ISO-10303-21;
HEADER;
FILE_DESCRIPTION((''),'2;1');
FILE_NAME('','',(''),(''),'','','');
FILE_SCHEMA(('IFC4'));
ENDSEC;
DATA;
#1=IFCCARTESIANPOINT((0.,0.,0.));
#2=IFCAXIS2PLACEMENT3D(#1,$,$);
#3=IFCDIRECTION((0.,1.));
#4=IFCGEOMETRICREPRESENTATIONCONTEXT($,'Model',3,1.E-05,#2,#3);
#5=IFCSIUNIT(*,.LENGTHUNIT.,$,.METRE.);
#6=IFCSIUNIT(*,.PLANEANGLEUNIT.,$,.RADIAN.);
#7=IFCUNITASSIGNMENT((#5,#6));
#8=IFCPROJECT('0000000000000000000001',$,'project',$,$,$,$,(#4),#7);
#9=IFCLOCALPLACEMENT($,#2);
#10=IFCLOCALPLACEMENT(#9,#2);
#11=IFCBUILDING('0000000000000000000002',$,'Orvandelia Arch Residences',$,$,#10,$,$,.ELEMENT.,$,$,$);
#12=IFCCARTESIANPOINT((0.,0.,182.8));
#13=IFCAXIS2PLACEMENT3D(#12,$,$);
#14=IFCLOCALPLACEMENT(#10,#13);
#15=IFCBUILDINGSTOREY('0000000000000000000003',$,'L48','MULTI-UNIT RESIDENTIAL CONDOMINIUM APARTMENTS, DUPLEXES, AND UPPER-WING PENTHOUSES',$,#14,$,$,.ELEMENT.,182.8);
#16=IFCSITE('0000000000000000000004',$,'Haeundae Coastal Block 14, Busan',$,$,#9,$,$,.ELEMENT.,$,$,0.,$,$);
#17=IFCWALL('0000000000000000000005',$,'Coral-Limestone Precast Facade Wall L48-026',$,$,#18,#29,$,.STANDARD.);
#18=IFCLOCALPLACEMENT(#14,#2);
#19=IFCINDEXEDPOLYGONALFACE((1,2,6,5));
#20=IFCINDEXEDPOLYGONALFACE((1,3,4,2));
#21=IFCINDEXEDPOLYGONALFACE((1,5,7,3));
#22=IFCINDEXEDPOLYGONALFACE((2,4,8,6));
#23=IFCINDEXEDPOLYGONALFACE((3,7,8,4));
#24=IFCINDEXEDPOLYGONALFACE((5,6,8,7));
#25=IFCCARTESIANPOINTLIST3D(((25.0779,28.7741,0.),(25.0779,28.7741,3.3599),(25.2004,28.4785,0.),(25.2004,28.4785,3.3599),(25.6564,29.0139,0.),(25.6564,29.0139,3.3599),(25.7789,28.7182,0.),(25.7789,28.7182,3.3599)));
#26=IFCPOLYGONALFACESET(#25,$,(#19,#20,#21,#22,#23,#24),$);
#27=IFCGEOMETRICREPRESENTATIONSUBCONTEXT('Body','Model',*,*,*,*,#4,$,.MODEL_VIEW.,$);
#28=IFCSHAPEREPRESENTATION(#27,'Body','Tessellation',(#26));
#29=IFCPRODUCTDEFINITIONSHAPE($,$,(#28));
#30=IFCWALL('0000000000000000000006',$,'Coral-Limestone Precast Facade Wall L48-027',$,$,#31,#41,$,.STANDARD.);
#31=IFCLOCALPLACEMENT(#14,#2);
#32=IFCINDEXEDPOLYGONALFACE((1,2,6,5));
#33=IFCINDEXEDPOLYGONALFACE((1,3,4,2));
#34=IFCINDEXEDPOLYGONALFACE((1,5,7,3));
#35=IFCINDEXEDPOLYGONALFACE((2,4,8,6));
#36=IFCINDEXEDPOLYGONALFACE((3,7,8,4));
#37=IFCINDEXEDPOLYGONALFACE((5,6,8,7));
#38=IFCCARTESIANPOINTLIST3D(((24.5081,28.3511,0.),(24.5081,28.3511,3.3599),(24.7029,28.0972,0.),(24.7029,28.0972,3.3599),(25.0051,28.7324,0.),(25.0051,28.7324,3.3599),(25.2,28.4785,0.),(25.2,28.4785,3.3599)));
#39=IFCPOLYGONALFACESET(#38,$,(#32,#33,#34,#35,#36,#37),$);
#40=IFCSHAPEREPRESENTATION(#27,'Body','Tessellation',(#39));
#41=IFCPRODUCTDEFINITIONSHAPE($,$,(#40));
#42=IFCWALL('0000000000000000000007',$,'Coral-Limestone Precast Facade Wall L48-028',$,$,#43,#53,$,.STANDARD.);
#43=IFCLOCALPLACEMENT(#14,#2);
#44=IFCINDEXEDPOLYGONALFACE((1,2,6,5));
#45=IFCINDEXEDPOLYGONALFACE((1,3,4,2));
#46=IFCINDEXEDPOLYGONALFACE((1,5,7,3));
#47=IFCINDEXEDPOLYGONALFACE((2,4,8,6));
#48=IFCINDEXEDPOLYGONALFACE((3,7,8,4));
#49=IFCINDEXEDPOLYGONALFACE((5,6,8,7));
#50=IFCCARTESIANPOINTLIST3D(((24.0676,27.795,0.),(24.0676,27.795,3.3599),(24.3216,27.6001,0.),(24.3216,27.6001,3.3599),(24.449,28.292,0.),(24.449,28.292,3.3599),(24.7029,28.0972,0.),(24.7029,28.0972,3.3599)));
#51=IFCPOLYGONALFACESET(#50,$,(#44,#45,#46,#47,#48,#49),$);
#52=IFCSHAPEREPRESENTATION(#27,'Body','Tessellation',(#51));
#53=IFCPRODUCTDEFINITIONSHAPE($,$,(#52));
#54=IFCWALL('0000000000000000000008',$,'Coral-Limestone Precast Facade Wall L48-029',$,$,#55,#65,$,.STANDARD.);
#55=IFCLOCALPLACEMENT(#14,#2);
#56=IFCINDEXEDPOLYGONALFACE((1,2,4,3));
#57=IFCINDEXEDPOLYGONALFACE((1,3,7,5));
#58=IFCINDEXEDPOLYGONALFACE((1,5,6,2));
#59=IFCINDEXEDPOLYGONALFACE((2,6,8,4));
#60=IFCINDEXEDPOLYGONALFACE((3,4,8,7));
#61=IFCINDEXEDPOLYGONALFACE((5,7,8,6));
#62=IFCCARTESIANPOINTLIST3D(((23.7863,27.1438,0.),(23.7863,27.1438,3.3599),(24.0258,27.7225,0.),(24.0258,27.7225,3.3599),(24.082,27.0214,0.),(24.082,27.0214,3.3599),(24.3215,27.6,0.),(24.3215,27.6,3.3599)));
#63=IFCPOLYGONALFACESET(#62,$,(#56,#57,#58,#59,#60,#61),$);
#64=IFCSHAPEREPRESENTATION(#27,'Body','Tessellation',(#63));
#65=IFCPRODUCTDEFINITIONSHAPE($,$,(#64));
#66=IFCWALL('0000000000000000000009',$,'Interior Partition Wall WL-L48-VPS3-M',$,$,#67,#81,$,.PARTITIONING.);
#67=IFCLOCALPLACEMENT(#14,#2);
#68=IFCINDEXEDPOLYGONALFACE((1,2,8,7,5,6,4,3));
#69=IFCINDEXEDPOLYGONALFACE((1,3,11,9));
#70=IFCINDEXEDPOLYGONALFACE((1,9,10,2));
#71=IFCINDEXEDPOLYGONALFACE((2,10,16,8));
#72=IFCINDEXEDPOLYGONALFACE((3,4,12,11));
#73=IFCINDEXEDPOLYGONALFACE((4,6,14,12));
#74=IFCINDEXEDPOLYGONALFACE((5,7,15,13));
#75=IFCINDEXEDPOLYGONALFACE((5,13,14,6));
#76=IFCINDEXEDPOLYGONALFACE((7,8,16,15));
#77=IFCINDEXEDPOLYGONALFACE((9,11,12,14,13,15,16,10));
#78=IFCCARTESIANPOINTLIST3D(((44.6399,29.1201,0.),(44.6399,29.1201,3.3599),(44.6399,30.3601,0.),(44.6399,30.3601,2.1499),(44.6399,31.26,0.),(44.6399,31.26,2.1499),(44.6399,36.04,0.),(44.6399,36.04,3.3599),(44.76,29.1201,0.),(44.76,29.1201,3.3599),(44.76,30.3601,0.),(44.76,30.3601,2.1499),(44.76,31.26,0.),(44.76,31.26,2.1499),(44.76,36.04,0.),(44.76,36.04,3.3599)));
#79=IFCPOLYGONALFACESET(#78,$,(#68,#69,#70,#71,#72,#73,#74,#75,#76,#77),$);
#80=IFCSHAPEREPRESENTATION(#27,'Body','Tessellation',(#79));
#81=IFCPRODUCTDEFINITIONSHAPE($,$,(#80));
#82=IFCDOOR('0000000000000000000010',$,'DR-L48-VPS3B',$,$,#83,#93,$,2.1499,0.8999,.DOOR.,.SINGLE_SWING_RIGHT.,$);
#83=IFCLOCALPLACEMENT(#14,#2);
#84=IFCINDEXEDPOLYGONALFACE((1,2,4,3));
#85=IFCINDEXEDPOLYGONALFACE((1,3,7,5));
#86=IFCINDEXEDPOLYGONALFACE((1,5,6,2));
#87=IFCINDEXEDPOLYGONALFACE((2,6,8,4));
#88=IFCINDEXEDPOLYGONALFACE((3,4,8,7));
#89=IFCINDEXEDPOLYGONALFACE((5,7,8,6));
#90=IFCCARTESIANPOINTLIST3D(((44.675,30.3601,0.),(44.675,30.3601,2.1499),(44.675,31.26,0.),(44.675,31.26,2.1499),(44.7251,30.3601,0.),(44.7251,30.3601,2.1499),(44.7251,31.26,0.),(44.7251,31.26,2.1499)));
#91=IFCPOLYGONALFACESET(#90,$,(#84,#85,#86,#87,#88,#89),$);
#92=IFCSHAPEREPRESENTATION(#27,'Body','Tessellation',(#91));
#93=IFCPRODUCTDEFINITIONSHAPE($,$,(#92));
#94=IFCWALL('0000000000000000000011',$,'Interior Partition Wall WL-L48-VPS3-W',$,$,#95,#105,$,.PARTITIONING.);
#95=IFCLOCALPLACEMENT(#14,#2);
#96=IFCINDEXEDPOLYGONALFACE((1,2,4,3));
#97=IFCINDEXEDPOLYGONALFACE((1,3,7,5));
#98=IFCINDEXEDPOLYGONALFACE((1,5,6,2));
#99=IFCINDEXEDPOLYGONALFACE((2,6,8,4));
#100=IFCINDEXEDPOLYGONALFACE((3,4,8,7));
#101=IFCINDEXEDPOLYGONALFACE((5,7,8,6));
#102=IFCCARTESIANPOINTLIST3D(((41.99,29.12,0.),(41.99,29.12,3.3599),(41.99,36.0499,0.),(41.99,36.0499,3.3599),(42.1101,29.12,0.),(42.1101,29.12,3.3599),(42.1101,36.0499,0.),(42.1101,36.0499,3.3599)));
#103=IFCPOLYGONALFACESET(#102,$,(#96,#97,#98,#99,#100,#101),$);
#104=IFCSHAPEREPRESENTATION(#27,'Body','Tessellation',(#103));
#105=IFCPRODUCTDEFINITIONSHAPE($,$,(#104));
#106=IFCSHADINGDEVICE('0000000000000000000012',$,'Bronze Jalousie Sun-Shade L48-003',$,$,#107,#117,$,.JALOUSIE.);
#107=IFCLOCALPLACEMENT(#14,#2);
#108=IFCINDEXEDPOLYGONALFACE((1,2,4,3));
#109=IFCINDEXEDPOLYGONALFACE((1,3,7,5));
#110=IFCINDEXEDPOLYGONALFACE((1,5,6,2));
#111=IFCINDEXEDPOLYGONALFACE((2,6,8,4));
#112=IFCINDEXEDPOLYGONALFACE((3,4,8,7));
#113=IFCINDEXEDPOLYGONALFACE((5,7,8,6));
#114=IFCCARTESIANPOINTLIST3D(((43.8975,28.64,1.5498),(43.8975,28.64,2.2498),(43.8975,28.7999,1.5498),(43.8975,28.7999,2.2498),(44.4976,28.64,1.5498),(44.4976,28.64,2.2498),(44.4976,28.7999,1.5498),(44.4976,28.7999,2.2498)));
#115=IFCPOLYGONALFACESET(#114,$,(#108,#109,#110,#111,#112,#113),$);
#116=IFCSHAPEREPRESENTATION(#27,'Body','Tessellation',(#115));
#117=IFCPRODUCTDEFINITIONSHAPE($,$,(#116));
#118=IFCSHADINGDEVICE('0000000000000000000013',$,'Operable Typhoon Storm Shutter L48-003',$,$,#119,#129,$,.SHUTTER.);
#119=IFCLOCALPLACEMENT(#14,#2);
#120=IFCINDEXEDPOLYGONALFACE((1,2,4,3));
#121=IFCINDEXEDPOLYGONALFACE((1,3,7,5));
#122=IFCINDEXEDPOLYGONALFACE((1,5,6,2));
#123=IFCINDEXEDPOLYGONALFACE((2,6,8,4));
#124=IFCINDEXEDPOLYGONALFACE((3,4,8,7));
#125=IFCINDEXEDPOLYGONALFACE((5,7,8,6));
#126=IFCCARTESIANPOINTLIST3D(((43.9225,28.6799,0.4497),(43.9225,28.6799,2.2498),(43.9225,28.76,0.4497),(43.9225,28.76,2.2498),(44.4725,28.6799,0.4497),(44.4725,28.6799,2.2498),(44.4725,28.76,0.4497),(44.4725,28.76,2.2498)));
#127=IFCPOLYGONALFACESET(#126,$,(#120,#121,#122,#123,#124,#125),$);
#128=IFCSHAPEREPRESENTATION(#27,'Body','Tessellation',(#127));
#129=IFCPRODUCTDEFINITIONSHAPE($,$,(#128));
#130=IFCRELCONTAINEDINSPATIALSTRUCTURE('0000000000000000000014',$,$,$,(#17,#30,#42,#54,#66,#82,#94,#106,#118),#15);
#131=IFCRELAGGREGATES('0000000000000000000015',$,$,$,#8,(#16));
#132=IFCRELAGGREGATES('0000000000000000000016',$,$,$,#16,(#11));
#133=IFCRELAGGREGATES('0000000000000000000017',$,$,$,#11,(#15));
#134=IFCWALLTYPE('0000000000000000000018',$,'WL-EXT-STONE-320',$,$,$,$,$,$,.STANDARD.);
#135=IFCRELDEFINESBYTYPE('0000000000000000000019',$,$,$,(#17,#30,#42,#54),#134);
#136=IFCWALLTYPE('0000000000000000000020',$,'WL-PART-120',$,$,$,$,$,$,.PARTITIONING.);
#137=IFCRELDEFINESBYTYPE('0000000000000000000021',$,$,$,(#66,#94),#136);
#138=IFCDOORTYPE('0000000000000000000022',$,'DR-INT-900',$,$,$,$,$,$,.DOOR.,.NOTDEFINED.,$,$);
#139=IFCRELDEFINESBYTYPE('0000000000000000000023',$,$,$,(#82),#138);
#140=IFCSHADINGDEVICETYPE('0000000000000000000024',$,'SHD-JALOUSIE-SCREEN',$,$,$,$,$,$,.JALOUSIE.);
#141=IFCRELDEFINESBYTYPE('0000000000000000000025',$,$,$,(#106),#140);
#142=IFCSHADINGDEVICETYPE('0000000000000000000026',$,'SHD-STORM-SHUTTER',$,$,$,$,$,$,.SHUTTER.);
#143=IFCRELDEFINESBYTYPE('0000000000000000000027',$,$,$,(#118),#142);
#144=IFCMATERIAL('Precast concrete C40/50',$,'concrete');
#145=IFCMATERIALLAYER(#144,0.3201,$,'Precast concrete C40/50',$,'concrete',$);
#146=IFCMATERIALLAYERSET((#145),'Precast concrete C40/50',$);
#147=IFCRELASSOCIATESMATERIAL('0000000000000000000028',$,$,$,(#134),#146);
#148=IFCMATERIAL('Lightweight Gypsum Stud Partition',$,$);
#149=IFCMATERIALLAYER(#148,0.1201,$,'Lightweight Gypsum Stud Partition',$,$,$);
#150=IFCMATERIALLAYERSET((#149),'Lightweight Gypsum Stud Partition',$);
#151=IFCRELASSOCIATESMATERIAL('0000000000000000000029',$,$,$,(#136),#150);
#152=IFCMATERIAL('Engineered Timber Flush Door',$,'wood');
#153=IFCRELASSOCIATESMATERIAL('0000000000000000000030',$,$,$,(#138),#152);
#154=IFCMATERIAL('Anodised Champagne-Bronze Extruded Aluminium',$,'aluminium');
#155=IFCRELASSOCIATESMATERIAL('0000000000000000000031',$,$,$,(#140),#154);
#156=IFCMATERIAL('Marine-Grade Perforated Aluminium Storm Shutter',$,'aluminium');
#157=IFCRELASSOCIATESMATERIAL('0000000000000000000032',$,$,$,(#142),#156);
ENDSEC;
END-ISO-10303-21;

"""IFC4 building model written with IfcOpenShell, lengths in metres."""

from ifc_helpers import new_model, si_unit, direction, frame, frame_2d, origin, origin_2d, place, context, subcontext, project, spatial, rectangle, extrude, material, layer, layer_set, type_object, element, fill, save


model = new_model("IFC4")

# Units and contexts
model_context = context("Model", 3, precision=1e-05, world=origin(), true_north=direction((0.0, 1.0)))
body_context = subcontext(model_context, "Body", "Model", "MODEL_VIEW")
ifc_project = project(units=[si_unit("LENGTHUNIT", "METRE"), si_unit("PLANEANGLEUNIT", "RADIAN")], contexts=[model_context])

# Site, building, storey
site_placement = place(None, origin())
site = spatial("IfcSite", under=ifc_project, at=site_placement, Name="Haeundae Coastal Block 14, Busan", CompositionType="ELEMENT", RefElevation=0.0)
building_placement = place(site_placement, origin())
building = spatial("IfcBuilding", under=site, at=building_placement, Name="Orvandelia Arch Residences", CompositionType="ELEMENT")
storey_placement = place(building_placement, frame((0.0, 0.0, 182.8)))
storey = spatial("IfcBuildingStorey", under=building, at=storey_placement, Name="L48", Description="MULTI-UNIT RESIDENTIAL CONDOMINIUM APARTMENTS, DUPLEXES, AND UPPER-WING PENTHOUSES", CompositionType="ELEMENT", Elevation=182.8)

# Shared definitions
ifc_material_1 = material(Name="Precast concrete C40/50", Category="concrete")
ifc_layer_1 = layer(ifc_material_1, 0.3201, Name="Precast concrete C40/50", Category="concrete")
ifc_layer_set_1 = layer_set([ifc_layer_1], Name="Precast concrete C40/50")
wall_type_1 = type_object("IfcWallType", Name="WL-EXT-STONE-320", PredefinedType="STANDARD", material=ifc_layer_set_1)

# Walls
wall_1_placement = place(storey_placement, frame((25.7175, 28.866, 0.0), z_axis=(0.0, 0.0, 1.0), x_axis=(-0.923836, -0.382788, 0.0)))
element("IfcWall", 1, at=wall_1_placement, inside=storey, type_object=wall_type_1, Name="Coral-Limestone Precast Facade Wall L48-026", PredefinedType="STANDARD", context=body_context, shape_type="SweptSolid", body=[
    extrude(rectangle(XDim=0.6262, YDim=0.3201, at=frame_2d((0.313, 0.0))), origin(), (0.0, 0.0, 1.0), 3.3599),
])
for number, where, z_axis, x_axis, name in (
    (2, (25.1025, 28.6055, 0.0), (0.0, 0.0, 1.0), (-0.793406, -0.608693, 0.0), "Coral-Limestone Precast Facade Wall L48-027"),
    (3, (24.5759, 28.1946, 0.0), (0.0, 0.0, 1.0), (-0.608693, -0.793406, 0.0), "Coral-Limestone Precast Facade Wall L48-028"),
):
    element("IfcWall", number, at=place(storey_placement, frame(where, z_axis=z_axis, x_axis=x_axis)), inside=storey, type_object=wall_type_1, Name=name, PredefinedType="STANDARD", context=body_context, shape_type="SweptSolid", body=[
        extrude(rectangle(XDim=0.6265, YDim=0.3201, at=frame_2d((0.3132, 0.0))), origin(), (0.0, 0.0, 1.0), 3.3599),
    ])
wall_2_placement = place(storey_placement, frame((24.1736, 27.6611, 0.0), z_axis=(0.0, 0.0, 1.0), x_axis=(-0.382455, -0.923974, 0.0)))
element("IfcWall", 4, at=wall_2_placement, inside=storey, type_object=wall_type_1, Name="Coral-Limestone Precast Facade Wall L48-029", PredefinedType="STANDARD", context=body_context, shape_type="SweptSolid", body=[
    extrude(rectangle(XDim=0.6262, YDim=0.3201, at=frame_2d((0.313, 0.0))), origin(), (0.0, 0.0, 1.0), 3.3599),
])

# Wall, opening, door
ifc_material_2 = material(Name="Lightweight Gypsum Stud Partition")
ifc_layer_2 = layer(ifc_material_2, 0.1201, Name="Lightweight Gypsum Stud Partition")
ifc_layer_set_2 = layer_set([ifc_layer_2], Name="Lightweight Gypsum Stud Partition")
wall_type_2 = type_object("IfcWallType", Name="WL-PART-120", PredefinedType="PARTITIONING", material=ifc_layer_set_2)
wall_3_placement = place(storey_placement, frame((44.7, 29.1201, 0.0), z_axis=(0.0, 0.0, 1.0), x_axis=(0.0, 1.0, 0.0)))
wall_3 = element("IfcWall", 5, at=wall_3_placement, inside=storey, type_object=wall_type_2, Name="Interior Partition Wall WL-L48-VPS3-M", PredefinedType="PARTITIONING", context=body_context, shape_type="SweptSolid", body=[
    extrude(rectangle(XDim=6.9199, YDim=0.1201, at=frame_2d((3.46, 0.0))), origin(), (0.0, 0.0, 1.0), 3.3599),
])
opening_1_placement = place(wall_3_placement, frame((1.24, 0.0, 0.0)))
opening_1 = element("IfcOpeningElement", 6, at=opening_1_placement, cuts=wall_3, PredefinedType="OPENING", context=body_context, shape_type="SweptSolid", body=[
    extrude(rectangle(XDim=0.8999, YDim=2.1499, at=frame_2d((0.45, 1.075))), frame((0.0, 0.0701, 0.0), z_axis=(0.0, -1.0, 0.0), x_axis=(1.0, 0.0, 0.0)), (0.0, 0.0, 1.0), 0.1401),
])
ifc_material_3 = material(Name="Engineered Timber Flush Door", Category="wood")
door_type = type_object("IfcDoorType", Name="DR-INT-900", OperationType="NOTDEFINED", PredefinedType="DOOR", material=ifc_material_3)
door_placement = place(opening_1_placement, origin())
door = element("IfcDoor", 7, at=door_placement, inside=storey, type_object=door_type, Name="DR-L48-VPS3B", OperationType="SINGLE_SWING_RIGHT", OverallHeight=2.1499, OverallWidth=0.8999, PredefinedType="DOOR", context=body_context, shape_type="SweptSolid", body=[
    extrude(rectangle(XDim=0.8999, YDim=2.1499, at=frame_2d((0.45, 1.075))), frame((0.0, 0.0249, 0.0), z_axis=(0.0, -1.0, 0.0), x_axis=(1.0, 0.0, 0.0)), (0.0, 0.0, 1.0), 0.05),
])
fill(opening_1, door)

# Wall
wall_4_placement = place(storey_placement, frame((42.05, 29.1201, 0.0), z_axis=(0.0, 0.0, 1.0), x_axis=(0.0, 1.0, 0.0)))
element("IfcWall", 8, at=wall_4_placement, inside=storey, type_object=wall_type_2, Name="Interior Partition Wall WL-L48-VPS3-W", PredefinedType="PARTITIONING", context=body_context, shape_type="SweptSolid", body=[
    extrude(rectangle(XDim=6.9299, YDim=0.1201, at=frame_2d((3.4648, 0.0))), origin(), (0.0, 0.0, 1.0), 3.3599),
])

# Shading devices
ifc_material_4 = material(Name="Anodised Champagne-Bronze Extruded Aluminium", Category="aluminium")
shading_device_type_1 = type_object("IfcShadingDeviceType", Name="SHD-JALOUSIE-SCREEN", PredefinedType="JALOUSIE", material=ifc_material_4)
shading_device_1_placement = place(storey_placement, frame((44.1975, 28.72, 1.5498), z_axis=(0.0, 0.0, 1.0), x_axis=(-1.0, 0.0, 0.0)))
element("IfcShadingDevice", 9, at=shading_device_1_placement, inside=storey, type_object=shading_device_type_1, Name="Bronze Jalousie Sun-Shade L48-003", PredefinedType="JALOUSIE", context=body_context, shape_type="SweptSolid", body=[
    extrude(rectangle(XDim=0.6001, YDim=0.1599, at=origin_2d()), origin(), (0.0, 0.0, 1.0), 0.7),
])
ifc_material_5 = material(Name="Marine-Grade Perforated Aluminium Storm Shutter", Category="aluminium")
shading_device_type_2 = type_object("IfcShadingDeviceType", Name="SHD-STORM-SHUTTER", PredefinedType="SHUTTER", material=ifc_material_5)
shading_device_2_placement = place(storey_placement, frame((44.1975, 28.72, 0.4497), z_axis=(0.0, 0.0, 1.0), x_axis=(-1.0, 0.0, 0.0)))
element("IfcShadingDevice", 10, at=shading_device_2_placement, inside=storey, type_object=shading_device_type_2, Name="Operable Typhoon Storm Shutter L48-003", PredefinedType="SHUTTER", context=body_context, shape_type="SweptSolid", body=[
    extrude(rectangle(XDim=0.55, YDim=0.0801, at=origin_2d()), origin(), (0.0, 0.0, 1.0), 1.8),
])

save(model, "model.ifc")
